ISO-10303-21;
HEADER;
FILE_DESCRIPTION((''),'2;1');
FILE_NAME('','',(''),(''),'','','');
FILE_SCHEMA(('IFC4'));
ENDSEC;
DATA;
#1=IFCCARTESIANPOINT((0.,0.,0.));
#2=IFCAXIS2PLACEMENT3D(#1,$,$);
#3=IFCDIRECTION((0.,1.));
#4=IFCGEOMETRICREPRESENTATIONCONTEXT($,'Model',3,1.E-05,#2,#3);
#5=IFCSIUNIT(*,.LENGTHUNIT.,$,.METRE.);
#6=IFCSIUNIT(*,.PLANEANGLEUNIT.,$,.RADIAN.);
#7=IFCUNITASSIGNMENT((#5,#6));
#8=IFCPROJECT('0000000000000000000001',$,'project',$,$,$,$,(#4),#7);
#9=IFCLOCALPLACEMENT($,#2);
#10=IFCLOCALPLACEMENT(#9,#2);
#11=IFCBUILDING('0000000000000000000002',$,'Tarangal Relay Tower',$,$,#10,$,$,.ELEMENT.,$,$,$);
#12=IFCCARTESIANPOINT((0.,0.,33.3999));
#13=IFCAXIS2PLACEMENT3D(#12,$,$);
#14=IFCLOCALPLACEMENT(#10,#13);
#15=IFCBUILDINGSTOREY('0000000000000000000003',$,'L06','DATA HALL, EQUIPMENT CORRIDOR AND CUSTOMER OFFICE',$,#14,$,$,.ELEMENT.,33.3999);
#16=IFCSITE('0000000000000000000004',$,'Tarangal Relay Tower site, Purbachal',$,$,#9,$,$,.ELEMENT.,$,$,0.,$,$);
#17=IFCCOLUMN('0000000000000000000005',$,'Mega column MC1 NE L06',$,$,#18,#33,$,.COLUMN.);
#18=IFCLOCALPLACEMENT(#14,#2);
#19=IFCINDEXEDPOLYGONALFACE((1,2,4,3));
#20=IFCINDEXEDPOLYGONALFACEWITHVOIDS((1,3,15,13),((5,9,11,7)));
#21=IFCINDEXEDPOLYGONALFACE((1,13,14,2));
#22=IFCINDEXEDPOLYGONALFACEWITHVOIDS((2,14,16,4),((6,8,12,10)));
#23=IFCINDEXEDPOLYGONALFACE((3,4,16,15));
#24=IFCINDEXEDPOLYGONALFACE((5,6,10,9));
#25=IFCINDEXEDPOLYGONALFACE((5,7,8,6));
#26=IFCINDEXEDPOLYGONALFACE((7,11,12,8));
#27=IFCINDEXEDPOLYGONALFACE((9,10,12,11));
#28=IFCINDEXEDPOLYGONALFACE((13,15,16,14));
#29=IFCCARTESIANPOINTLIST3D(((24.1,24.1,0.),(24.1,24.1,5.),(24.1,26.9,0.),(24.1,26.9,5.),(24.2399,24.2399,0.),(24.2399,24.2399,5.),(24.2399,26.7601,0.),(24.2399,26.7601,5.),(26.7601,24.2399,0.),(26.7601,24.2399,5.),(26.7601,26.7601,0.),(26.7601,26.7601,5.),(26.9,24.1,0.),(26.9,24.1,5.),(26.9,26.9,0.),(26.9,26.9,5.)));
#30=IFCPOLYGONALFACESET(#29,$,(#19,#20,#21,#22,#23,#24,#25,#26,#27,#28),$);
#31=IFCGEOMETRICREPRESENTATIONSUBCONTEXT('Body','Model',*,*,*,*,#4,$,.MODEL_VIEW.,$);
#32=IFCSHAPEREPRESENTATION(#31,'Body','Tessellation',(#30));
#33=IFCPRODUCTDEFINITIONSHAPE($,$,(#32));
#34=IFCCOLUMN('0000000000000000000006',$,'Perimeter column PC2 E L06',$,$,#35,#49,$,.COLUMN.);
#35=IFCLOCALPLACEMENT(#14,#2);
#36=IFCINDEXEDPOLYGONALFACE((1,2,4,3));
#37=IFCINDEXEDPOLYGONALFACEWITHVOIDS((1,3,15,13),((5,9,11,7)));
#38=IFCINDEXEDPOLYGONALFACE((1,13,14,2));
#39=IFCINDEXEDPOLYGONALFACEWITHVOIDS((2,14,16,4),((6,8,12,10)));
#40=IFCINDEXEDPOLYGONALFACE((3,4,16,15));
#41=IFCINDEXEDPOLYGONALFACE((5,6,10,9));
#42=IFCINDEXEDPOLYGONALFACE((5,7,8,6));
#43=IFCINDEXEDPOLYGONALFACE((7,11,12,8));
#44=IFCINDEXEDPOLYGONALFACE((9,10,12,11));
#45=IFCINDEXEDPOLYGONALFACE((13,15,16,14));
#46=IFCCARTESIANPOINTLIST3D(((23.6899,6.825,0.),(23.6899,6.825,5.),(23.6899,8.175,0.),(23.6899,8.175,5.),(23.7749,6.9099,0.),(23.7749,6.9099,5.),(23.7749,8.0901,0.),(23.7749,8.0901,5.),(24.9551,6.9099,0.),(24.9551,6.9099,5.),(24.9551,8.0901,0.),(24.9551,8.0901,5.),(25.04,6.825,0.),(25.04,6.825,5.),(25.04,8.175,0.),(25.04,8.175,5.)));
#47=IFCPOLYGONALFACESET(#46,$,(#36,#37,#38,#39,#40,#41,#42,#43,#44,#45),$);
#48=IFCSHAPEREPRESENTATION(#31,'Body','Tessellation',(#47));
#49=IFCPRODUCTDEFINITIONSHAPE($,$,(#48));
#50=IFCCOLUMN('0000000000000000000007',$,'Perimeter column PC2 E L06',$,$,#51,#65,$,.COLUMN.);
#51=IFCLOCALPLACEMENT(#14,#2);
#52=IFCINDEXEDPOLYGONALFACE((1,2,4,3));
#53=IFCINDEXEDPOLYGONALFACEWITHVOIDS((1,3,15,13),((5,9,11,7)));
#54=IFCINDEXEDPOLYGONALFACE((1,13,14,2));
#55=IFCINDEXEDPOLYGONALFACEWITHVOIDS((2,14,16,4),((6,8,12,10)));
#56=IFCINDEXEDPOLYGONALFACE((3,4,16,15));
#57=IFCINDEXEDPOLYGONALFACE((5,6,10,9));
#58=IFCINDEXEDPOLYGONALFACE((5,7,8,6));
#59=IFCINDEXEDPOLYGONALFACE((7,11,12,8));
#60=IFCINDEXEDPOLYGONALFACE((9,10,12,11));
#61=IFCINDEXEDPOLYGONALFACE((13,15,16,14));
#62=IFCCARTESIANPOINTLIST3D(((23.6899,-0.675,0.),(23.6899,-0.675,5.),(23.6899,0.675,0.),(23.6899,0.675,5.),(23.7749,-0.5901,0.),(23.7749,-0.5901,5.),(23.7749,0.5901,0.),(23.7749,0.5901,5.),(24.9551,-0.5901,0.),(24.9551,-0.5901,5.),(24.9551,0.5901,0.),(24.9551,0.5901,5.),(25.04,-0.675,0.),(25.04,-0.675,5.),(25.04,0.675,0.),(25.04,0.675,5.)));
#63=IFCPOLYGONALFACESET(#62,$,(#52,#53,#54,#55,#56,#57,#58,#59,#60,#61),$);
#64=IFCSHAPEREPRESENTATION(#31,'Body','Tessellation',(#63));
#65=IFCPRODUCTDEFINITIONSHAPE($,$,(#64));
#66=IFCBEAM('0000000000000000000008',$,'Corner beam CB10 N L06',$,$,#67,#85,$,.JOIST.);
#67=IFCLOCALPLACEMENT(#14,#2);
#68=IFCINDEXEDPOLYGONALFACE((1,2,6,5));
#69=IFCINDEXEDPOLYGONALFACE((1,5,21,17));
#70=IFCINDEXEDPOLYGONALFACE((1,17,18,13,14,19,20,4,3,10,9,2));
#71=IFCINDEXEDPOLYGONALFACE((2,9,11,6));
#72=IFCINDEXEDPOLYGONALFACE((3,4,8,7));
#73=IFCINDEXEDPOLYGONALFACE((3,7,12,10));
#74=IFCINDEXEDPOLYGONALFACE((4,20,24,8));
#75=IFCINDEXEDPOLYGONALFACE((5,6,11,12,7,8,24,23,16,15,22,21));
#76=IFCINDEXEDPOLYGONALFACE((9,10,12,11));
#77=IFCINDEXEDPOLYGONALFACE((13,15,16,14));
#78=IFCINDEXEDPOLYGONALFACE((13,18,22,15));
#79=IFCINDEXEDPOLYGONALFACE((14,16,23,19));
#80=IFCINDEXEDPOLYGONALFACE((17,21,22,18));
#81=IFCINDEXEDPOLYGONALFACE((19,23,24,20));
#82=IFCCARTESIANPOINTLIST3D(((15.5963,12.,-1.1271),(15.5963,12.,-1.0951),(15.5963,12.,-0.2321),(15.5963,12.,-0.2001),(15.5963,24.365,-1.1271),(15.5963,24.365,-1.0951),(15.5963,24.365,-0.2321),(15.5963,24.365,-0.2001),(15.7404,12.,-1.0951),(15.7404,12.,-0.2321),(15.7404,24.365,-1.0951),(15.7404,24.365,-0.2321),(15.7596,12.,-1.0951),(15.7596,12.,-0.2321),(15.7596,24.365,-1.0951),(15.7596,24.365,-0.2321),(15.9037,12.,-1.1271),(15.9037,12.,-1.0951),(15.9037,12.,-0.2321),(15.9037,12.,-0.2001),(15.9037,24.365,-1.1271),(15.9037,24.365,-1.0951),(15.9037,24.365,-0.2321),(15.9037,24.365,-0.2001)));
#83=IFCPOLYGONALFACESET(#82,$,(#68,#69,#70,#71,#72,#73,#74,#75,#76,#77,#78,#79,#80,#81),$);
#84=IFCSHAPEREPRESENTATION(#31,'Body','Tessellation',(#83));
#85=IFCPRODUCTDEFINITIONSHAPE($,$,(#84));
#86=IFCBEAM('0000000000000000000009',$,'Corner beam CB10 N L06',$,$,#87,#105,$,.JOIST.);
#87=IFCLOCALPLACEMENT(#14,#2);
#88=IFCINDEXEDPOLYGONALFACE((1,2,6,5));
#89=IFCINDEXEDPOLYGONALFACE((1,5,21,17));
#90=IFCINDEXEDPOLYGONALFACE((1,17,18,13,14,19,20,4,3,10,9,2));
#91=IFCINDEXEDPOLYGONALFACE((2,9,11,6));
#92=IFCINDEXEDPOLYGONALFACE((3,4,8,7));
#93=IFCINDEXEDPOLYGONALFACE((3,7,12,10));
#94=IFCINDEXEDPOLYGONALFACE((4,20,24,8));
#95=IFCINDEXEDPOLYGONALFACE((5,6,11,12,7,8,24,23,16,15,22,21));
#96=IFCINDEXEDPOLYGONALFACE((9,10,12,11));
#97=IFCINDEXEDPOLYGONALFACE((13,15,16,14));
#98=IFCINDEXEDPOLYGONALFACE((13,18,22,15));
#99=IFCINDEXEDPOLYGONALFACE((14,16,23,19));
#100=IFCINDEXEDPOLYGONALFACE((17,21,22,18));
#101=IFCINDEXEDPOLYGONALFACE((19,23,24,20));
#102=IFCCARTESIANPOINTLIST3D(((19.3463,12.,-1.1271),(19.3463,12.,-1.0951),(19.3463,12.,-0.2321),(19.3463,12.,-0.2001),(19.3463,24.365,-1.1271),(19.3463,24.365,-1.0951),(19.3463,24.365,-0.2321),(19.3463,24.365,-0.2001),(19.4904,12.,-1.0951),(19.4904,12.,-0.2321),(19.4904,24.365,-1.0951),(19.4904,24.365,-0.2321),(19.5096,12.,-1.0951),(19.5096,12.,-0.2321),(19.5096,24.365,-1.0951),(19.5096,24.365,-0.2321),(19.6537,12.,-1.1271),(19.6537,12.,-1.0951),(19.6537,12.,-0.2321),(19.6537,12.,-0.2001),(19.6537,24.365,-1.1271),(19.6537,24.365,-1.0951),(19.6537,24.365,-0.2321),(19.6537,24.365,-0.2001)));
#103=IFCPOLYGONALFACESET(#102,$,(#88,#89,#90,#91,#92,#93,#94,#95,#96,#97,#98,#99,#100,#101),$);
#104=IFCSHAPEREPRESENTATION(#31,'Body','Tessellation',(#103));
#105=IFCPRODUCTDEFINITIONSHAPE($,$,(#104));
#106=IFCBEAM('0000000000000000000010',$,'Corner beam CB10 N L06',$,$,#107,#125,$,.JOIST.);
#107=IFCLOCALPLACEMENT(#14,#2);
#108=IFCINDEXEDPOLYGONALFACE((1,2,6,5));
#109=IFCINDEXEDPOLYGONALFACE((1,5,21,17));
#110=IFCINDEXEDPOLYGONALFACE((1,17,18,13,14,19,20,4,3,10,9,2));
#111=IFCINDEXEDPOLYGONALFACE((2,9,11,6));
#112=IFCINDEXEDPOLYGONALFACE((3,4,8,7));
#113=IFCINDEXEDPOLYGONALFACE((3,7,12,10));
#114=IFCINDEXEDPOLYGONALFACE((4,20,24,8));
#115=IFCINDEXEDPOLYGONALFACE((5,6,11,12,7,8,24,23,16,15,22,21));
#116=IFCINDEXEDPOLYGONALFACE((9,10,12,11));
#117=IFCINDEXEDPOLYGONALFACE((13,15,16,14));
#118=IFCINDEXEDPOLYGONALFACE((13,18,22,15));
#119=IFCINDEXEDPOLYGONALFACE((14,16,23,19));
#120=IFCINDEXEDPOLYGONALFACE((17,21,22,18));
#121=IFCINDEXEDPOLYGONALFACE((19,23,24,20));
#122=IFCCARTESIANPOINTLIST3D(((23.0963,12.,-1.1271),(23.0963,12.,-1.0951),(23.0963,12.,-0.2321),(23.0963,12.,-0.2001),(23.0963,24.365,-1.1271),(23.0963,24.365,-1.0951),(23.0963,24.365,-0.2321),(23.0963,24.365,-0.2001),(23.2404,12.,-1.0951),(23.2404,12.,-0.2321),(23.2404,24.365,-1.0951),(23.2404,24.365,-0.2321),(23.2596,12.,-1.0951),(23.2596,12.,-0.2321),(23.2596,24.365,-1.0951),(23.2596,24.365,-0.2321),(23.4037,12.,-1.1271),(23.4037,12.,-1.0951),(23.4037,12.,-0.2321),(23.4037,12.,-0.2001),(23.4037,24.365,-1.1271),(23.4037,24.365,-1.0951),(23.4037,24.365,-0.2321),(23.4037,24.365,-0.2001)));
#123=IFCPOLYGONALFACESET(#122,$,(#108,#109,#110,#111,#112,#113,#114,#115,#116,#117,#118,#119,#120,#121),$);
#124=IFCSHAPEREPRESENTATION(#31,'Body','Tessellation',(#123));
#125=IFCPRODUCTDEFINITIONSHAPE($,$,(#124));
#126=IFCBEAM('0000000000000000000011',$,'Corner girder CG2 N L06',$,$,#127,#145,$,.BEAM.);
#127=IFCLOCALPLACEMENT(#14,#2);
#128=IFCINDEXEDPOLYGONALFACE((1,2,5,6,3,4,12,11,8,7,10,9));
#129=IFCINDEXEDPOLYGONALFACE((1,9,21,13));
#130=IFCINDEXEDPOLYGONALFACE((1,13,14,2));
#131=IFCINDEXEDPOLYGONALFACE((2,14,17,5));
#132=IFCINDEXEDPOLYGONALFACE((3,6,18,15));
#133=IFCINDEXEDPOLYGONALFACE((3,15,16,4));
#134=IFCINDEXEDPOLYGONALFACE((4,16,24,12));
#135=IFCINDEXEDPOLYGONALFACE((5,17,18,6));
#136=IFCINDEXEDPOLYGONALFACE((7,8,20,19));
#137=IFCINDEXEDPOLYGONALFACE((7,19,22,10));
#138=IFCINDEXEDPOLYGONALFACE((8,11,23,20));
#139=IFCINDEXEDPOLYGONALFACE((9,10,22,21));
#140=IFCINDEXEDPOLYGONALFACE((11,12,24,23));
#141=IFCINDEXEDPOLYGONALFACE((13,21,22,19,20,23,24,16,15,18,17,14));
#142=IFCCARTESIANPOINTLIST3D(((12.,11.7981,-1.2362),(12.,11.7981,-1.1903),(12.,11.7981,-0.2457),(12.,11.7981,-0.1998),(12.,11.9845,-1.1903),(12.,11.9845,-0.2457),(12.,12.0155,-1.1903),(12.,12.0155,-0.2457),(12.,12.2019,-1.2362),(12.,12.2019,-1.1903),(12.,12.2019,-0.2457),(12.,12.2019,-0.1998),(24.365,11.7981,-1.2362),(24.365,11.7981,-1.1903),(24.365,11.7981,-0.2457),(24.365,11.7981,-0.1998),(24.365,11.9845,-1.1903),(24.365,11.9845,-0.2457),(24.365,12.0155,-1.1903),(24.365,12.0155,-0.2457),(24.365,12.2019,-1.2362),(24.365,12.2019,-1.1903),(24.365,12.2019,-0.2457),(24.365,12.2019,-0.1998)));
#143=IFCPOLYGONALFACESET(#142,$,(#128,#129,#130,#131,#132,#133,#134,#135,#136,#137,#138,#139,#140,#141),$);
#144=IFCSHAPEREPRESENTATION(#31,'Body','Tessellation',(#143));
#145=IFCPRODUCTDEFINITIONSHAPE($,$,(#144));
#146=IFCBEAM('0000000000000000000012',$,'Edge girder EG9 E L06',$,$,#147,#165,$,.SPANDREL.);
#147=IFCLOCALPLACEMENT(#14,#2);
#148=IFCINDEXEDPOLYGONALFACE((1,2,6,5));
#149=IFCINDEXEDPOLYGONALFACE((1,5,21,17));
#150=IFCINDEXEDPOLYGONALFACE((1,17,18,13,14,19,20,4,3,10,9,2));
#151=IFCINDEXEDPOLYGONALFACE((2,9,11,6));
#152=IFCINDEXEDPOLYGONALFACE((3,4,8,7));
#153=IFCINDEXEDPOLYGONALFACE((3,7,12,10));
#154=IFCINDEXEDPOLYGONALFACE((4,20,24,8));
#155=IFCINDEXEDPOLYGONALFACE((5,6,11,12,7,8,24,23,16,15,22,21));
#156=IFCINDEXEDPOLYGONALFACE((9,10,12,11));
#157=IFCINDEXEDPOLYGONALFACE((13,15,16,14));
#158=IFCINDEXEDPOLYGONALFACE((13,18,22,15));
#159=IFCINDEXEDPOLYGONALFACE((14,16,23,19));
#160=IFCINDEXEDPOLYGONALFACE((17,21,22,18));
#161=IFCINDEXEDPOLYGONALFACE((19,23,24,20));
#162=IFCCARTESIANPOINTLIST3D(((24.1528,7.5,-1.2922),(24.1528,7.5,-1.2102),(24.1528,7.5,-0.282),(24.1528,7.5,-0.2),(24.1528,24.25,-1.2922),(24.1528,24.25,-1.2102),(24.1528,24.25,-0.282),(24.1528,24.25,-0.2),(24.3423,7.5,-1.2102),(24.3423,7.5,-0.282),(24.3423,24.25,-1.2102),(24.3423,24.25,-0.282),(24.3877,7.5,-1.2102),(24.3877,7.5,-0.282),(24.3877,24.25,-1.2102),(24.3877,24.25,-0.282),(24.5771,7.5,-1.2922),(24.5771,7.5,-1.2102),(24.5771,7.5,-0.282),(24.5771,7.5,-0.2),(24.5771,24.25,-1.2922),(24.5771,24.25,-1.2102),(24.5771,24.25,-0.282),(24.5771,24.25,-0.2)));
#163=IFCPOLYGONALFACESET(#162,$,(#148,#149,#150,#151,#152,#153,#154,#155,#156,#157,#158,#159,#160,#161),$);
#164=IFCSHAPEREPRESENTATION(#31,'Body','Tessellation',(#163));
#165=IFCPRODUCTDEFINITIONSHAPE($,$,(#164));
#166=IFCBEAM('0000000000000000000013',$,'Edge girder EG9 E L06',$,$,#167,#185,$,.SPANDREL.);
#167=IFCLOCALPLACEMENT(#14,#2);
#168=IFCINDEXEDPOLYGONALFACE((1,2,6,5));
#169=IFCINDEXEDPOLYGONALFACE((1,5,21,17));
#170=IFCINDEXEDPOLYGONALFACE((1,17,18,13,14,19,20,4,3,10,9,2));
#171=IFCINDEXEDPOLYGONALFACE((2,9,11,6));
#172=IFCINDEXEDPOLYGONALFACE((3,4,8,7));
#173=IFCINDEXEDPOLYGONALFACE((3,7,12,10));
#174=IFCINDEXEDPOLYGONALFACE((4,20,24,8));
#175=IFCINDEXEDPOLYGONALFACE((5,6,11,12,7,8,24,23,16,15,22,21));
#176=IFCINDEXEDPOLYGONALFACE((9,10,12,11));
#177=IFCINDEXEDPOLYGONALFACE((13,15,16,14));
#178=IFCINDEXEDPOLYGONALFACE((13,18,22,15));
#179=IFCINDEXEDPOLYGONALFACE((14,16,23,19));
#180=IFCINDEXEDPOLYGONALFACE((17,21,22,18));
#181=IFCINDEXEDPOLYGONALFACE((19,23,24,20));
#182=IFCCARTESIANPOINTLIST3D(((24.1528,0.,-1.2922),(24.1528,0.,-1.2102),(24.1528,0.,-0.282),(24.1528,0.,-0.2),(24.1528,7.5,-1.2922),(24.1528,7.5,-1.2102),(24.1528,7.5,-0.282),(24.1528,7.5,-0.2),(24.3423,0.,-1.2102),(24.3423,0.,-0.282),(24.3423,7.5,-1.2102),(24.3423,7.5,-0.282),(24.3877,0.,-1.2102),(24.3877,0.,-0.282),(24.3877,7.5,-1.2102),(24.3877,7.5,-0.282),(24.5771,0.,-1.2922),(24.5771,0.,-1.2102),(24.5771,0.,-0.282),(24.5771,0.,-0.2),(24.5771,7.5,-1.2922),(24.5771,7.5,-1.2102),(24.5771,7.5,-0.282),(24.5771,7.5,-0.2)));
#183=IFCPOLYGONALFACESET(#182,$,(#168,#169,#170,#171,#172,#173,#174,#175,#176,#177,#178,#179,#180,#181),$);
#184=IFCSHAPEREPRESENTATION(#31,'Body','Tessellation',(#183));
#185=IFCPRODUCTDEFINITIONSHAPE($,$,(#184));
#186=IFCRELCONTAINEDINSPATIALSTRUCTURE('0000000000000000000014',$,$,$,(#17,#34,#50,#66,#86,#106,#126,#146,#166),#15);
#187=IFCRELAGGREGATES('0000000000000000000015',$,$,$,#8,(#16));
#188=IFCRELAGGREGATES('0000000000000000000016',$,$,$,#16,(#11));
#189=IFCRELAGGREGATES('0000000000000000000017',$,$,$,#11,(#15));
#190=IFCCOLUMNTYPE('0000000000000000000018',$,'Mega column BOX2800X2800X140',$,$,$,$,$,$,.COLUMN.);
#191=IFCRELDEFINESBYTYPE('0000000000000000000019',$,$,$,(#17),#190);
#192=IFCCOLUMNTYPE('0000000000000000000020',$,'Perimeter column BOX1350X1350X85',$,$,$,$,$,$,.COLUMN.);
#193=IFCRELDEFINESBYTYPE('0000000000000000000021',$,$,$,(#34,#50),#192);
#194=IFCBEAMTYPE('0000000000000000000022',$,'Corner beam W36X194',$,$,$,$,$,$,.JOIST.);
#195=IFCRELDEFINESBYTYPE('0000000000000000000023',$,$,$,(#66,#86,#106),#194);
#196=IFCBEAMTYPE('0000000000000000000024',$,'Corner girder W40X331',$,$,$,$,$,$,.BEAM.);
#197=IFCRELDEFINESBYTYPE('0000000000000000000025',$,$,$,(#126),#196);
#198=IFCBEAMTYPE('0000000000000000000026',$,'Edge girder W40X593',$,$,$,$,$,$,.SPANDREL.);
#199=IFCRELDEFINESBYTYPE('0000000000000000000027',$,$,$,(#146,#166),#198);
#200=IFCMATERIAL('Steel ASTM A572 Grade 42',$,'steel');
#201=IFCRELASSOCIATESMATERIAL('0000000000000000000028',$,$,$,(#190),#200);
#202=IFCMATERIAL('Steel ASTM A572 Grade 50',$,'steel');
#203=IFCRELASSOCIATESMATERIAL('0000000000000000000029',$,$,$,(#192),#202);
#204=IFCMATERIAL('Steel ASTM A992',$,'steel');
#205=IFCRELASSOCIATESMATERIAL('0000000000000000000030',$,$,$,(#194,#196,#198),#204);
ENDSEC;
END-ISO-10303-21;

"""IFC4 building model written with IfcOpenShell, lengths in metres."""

from ifc_helpers import new_model, si_unit, direction, frame, origin, origin_2d, place, context, subcontext, project, spatial, hollow_rectangle, i_section, extrude, material, material_profile, profile_set, type_object, element, save


model = new_model("IFC4")

# Units and contexts
model_context = context("Model", 3, precision=1e-05, world=origin(), true_north=direction((0.0, 1.0)))
body_context = subcontext(model_context, "Body", "Model", "MODEL_VIEW")
ifc_project = project(units=[si_unit("LENGTHUNIT", "METRE"), si_unit("PLANEANGLEUNIT", "RADIAN")], contexts=[model_context])

# Site, building, storey
site_placement = place(None, origin())
site = spatial("IfcSite", under=ifc_project, at=site_placement, Name="Tarangal Relay Tower site, Purbachal", CompositionType="ELEMENT", RefElevation=0.0)
building_placement = place(site_placement, origin())
building = spatial("IfcBuilding", under=site, at=building_placement, Name="Tarangal Relay Tower", CompositionType="ELEMENT")
storey_placement = place(building_placement, frame((0.0, 0.0, 33.3999)))
storey = spatial("IfcBuildingStorey", under=building, at=storey_placement, Name="L06", Description="DATA HALL, EQUIPMENT CORRIDOR AND CUSTOMER OFFICE", CompositionType="ELEMENT", Elevation=33.3999)

# Columns
ifc_material_1 = material(Name="Steel ASTM A572 Grade 42", Category="steel")
ifc_material_profile_1 = material_profile(ifc_material_1, hollow_rectangle(XDim=2.8, YDim=2.8, WallThickness=0.1399, at=origin_2d()), Name="BOX2800X2800X140")
ifc_profile_set_1 = profile_set([ifc_material_profile_1], Name="Steel ASTM A572 Grade 42")
column_type_1 = type_object("IfcColumnType", Name="Mega column BOX2800X2800X140", PredefinedType="COLUMN", material=ifc_profile_set_1)
column_placement = place(storey_placement, frame((25.5, 25.5, 0.0), z_axis=(0.0, 0.0, 1.0), x_axis=(1.0, 0.0, 0.0)))
element("IfcColumn", 1, at=column_placement, inside=storey, type_object=column_type_1, Name="Mega column MC1 NE L06", PredefinedType="COLUMN", context=body_context, shape_type="SweptSolid", body=[
    extrude(hollow_rectangle(XDim=2.8, YDim=2.8, WallThickness=0.1399, at=origin_2d()), origin(), (0.0, 0.0, 1.0), 5.0),
])
ifc_material_2 = material(Name="Steel ASTM A572 Grade 50", Category="steel")
ifc_material_profile_2 = material_profile(ifc_material_2, hollow_rectangle(XDim=1.3501, YDim=1.3501, WallThickness=0.085, at=origin_2d()), Name="BOX1350X1350X85")
ifc_profile_set_2 = profile_set([ifc_material_profile_2], Name="Steel ASTM A572 Grade 50")
column_type_2 = type_object("IfcColumnType", Name="Perimeter column BOX1350X1350X85", PredefinedType="COLUMN", material=ifc_profile_set_2)
for number, where, z_axis, x_axis, name in (
    (2, (24.365, 7.5, 0.0), (0.0, 0.0, 1.0), (1.0, 0.0, 0.0), "Perimeter column PC2 E L06"),
    (3, (24.365, 0.0, 0.0), (0.0, 0.0, 1.0), (1.0, 0.0, 0.0), "Perimeter column PC2 E L06"),
):
    element("IfcColumn", number, at=place(storey_placement, frame(where, z_axis=z_axis, x_axis=x_axis)), inside=storey, type_object=column_type_2, Name=name, PredefinedType="COLUMN", context=body_context, shape_type="SweptSolid", body=[
        extrude(hollow_rectangle(XDim=1.3501, YDim=1.3501, WallThickness=0.085, at=origin_2d()), origin(), (0.0, 0.0, 1.0), 5.0),
    ])

# Beams
ifc_material_3 = material(Name="Steel ASTM A992", Category="steel")
ifc_material_profile_3 = material_profile(ifc_material_3, i_section(OverallWidth=0.3074, OverallDepth=0.927, WebThickness=0.0193, FlangeThickness=0.032, at=origin_2d()), Name="W36X194")
ifc_profile_set_3 = profile_set([ifc_material_profile_3], Name="Steel ASTM A992")
beam_type_1 = type_object("IfcBeamType", Name="Corner beam W36X194", PredefinedType="JOIST", material=ifc_profile_set_3)
for number, where, z_axis, x_axis, name in (
    (4, (15.75, 12.0, -0.6636), (0.0, 1.0, 0.0), (-1.0, 0.0, 0.0), "Corner beam CB10 N L06"),
    (5, (19.5, 12.0, -0.6636), (0.0, 1.0, 0.0), (-1.0, 0.0, 0.0), "Corner beam CB10 N L06"),
    (6, (23.25, 12.0, -0.6636), (0.0, 1.0, 0.0), (-1.0, 0.0, 0.0), "Corner beam CB10 N L06"),
):
    element("IfcBeam", number, at=place(storey_placement, frame(where, z_axis=z_axis, x_axis=x_axis)), inside=storey, type_object=beam_type_1, Name=name, PredefinedType="JOIST", context=body_context, shape_type="SweptSolid", body=[
        extrude(i_section(OverallWidth=0.3074, OverallDepth=0.927, WebThickness=0.0193, FlangeThickness=0.032, at=origin_2d()), origin(), (0.0, 0.0, 1.0), 12.365),
    ])
ifc_material_profile_4 = material_profile(ifc_material_3, i_section(OverallWidth=0.4038, OverallDepth=1.0364, WebThickness=0.031, FlangeThickness=0.0459, at=origin_2d()), Name="W40X331")
ifc_profile_set_4 = profile_set([ifc_material_profile_4], Name="Steel ASTM A992")
beam_type_2 = type_object("IfcBeamType", Name="Corner girder W40X331", PredefinedType="BEAM", material=ifc_profile_set_4)
beam_1_placement = place(storey_placement, frame((12.0, 12.0, -0.718), z_axis=(1.0, 0.0, 0.0), x_axis=(0.0, 1.0, 0.0)))
element("IfcBeam", 7, at=beam_1_placement, inside=storey, type_object=beam_type_2, Name="Corner girder CG2 N L06", PredefinedType="BEAM", context=body_context, shape_type="SweptSolid", body=[
    extrude(i_section(OverallWidth=0.4038, OverallDepth=1.0364, WebThickness=0.031, FlangeThickness=0.0459, at=origin_2d()), origin(), (0.0, 0.0, 1.0), 12.365),
])
ifc_material_profile_5 = material_profile(ifc_material_3, i_section(OverallWidth=0.4243, OverallDepth=1.0923, WebThickness=0.0454, FlangeThickness=0.082, at=origin_2d()), Name="W40X593")
ifc_profile_set_5 = profile_set([ifc_material_profile_5], Name="Steel ASTM A992")
beam_type_3 = type_object("IfcBeamType", Name="Edge girder W40X593", PredefinedType="SPANDREL", material=ifc_profile_set_5)
beam_2_placement = place(storey_placement, frame((24.365, 24.25, -0.7461), z_axis=(0.0, -1.0, 0.0), x_axis=(1.0, 0.0, 0.0)))
element("IfcBeam", 8, at=beam_2_placement, inside=storey, type_object=beam_type_3, Name="Edge girder EG9 E L06", PredefinedType="SPANDREL", context=body_context, shape_type="SweptSolid", body=[
    extrude(i_section(OverallWidth=0.4243, OverallDepth=1.0923, WebThickness=0.0454, FlangeThickness=0.082, at=origin_2d()), origin(), (0.0, 0.0, 1.0), 16.75),
])
for number, where, z_axis, x_axis, name in (
    (9, (24.365, 7.5, -0.7461), (0.0, -1.0, 0.0), (1.0, 0.0, 0.0), "Edge girder EG9 E L06"),
):
    element("IfcBeam", number, at=place(storey_placement, frame(where, z_axis=z_axis, x_axis=x_axis)), inside=storey, type_object=beam_type_3, Name=name, PredefinedType="SPANDREL", context=body_context, shape_type="SweptSolid", body=[
        extrude(i_section(OverallWidth=0.4243, OverallDepth=1.0923, WebThickness=0.0454, FlangeThickness=0.082, at=origin_2d()), origin(), (0.0, 0.0, 1.0), 7.5),
    ])

save(model, "model.ifc")
